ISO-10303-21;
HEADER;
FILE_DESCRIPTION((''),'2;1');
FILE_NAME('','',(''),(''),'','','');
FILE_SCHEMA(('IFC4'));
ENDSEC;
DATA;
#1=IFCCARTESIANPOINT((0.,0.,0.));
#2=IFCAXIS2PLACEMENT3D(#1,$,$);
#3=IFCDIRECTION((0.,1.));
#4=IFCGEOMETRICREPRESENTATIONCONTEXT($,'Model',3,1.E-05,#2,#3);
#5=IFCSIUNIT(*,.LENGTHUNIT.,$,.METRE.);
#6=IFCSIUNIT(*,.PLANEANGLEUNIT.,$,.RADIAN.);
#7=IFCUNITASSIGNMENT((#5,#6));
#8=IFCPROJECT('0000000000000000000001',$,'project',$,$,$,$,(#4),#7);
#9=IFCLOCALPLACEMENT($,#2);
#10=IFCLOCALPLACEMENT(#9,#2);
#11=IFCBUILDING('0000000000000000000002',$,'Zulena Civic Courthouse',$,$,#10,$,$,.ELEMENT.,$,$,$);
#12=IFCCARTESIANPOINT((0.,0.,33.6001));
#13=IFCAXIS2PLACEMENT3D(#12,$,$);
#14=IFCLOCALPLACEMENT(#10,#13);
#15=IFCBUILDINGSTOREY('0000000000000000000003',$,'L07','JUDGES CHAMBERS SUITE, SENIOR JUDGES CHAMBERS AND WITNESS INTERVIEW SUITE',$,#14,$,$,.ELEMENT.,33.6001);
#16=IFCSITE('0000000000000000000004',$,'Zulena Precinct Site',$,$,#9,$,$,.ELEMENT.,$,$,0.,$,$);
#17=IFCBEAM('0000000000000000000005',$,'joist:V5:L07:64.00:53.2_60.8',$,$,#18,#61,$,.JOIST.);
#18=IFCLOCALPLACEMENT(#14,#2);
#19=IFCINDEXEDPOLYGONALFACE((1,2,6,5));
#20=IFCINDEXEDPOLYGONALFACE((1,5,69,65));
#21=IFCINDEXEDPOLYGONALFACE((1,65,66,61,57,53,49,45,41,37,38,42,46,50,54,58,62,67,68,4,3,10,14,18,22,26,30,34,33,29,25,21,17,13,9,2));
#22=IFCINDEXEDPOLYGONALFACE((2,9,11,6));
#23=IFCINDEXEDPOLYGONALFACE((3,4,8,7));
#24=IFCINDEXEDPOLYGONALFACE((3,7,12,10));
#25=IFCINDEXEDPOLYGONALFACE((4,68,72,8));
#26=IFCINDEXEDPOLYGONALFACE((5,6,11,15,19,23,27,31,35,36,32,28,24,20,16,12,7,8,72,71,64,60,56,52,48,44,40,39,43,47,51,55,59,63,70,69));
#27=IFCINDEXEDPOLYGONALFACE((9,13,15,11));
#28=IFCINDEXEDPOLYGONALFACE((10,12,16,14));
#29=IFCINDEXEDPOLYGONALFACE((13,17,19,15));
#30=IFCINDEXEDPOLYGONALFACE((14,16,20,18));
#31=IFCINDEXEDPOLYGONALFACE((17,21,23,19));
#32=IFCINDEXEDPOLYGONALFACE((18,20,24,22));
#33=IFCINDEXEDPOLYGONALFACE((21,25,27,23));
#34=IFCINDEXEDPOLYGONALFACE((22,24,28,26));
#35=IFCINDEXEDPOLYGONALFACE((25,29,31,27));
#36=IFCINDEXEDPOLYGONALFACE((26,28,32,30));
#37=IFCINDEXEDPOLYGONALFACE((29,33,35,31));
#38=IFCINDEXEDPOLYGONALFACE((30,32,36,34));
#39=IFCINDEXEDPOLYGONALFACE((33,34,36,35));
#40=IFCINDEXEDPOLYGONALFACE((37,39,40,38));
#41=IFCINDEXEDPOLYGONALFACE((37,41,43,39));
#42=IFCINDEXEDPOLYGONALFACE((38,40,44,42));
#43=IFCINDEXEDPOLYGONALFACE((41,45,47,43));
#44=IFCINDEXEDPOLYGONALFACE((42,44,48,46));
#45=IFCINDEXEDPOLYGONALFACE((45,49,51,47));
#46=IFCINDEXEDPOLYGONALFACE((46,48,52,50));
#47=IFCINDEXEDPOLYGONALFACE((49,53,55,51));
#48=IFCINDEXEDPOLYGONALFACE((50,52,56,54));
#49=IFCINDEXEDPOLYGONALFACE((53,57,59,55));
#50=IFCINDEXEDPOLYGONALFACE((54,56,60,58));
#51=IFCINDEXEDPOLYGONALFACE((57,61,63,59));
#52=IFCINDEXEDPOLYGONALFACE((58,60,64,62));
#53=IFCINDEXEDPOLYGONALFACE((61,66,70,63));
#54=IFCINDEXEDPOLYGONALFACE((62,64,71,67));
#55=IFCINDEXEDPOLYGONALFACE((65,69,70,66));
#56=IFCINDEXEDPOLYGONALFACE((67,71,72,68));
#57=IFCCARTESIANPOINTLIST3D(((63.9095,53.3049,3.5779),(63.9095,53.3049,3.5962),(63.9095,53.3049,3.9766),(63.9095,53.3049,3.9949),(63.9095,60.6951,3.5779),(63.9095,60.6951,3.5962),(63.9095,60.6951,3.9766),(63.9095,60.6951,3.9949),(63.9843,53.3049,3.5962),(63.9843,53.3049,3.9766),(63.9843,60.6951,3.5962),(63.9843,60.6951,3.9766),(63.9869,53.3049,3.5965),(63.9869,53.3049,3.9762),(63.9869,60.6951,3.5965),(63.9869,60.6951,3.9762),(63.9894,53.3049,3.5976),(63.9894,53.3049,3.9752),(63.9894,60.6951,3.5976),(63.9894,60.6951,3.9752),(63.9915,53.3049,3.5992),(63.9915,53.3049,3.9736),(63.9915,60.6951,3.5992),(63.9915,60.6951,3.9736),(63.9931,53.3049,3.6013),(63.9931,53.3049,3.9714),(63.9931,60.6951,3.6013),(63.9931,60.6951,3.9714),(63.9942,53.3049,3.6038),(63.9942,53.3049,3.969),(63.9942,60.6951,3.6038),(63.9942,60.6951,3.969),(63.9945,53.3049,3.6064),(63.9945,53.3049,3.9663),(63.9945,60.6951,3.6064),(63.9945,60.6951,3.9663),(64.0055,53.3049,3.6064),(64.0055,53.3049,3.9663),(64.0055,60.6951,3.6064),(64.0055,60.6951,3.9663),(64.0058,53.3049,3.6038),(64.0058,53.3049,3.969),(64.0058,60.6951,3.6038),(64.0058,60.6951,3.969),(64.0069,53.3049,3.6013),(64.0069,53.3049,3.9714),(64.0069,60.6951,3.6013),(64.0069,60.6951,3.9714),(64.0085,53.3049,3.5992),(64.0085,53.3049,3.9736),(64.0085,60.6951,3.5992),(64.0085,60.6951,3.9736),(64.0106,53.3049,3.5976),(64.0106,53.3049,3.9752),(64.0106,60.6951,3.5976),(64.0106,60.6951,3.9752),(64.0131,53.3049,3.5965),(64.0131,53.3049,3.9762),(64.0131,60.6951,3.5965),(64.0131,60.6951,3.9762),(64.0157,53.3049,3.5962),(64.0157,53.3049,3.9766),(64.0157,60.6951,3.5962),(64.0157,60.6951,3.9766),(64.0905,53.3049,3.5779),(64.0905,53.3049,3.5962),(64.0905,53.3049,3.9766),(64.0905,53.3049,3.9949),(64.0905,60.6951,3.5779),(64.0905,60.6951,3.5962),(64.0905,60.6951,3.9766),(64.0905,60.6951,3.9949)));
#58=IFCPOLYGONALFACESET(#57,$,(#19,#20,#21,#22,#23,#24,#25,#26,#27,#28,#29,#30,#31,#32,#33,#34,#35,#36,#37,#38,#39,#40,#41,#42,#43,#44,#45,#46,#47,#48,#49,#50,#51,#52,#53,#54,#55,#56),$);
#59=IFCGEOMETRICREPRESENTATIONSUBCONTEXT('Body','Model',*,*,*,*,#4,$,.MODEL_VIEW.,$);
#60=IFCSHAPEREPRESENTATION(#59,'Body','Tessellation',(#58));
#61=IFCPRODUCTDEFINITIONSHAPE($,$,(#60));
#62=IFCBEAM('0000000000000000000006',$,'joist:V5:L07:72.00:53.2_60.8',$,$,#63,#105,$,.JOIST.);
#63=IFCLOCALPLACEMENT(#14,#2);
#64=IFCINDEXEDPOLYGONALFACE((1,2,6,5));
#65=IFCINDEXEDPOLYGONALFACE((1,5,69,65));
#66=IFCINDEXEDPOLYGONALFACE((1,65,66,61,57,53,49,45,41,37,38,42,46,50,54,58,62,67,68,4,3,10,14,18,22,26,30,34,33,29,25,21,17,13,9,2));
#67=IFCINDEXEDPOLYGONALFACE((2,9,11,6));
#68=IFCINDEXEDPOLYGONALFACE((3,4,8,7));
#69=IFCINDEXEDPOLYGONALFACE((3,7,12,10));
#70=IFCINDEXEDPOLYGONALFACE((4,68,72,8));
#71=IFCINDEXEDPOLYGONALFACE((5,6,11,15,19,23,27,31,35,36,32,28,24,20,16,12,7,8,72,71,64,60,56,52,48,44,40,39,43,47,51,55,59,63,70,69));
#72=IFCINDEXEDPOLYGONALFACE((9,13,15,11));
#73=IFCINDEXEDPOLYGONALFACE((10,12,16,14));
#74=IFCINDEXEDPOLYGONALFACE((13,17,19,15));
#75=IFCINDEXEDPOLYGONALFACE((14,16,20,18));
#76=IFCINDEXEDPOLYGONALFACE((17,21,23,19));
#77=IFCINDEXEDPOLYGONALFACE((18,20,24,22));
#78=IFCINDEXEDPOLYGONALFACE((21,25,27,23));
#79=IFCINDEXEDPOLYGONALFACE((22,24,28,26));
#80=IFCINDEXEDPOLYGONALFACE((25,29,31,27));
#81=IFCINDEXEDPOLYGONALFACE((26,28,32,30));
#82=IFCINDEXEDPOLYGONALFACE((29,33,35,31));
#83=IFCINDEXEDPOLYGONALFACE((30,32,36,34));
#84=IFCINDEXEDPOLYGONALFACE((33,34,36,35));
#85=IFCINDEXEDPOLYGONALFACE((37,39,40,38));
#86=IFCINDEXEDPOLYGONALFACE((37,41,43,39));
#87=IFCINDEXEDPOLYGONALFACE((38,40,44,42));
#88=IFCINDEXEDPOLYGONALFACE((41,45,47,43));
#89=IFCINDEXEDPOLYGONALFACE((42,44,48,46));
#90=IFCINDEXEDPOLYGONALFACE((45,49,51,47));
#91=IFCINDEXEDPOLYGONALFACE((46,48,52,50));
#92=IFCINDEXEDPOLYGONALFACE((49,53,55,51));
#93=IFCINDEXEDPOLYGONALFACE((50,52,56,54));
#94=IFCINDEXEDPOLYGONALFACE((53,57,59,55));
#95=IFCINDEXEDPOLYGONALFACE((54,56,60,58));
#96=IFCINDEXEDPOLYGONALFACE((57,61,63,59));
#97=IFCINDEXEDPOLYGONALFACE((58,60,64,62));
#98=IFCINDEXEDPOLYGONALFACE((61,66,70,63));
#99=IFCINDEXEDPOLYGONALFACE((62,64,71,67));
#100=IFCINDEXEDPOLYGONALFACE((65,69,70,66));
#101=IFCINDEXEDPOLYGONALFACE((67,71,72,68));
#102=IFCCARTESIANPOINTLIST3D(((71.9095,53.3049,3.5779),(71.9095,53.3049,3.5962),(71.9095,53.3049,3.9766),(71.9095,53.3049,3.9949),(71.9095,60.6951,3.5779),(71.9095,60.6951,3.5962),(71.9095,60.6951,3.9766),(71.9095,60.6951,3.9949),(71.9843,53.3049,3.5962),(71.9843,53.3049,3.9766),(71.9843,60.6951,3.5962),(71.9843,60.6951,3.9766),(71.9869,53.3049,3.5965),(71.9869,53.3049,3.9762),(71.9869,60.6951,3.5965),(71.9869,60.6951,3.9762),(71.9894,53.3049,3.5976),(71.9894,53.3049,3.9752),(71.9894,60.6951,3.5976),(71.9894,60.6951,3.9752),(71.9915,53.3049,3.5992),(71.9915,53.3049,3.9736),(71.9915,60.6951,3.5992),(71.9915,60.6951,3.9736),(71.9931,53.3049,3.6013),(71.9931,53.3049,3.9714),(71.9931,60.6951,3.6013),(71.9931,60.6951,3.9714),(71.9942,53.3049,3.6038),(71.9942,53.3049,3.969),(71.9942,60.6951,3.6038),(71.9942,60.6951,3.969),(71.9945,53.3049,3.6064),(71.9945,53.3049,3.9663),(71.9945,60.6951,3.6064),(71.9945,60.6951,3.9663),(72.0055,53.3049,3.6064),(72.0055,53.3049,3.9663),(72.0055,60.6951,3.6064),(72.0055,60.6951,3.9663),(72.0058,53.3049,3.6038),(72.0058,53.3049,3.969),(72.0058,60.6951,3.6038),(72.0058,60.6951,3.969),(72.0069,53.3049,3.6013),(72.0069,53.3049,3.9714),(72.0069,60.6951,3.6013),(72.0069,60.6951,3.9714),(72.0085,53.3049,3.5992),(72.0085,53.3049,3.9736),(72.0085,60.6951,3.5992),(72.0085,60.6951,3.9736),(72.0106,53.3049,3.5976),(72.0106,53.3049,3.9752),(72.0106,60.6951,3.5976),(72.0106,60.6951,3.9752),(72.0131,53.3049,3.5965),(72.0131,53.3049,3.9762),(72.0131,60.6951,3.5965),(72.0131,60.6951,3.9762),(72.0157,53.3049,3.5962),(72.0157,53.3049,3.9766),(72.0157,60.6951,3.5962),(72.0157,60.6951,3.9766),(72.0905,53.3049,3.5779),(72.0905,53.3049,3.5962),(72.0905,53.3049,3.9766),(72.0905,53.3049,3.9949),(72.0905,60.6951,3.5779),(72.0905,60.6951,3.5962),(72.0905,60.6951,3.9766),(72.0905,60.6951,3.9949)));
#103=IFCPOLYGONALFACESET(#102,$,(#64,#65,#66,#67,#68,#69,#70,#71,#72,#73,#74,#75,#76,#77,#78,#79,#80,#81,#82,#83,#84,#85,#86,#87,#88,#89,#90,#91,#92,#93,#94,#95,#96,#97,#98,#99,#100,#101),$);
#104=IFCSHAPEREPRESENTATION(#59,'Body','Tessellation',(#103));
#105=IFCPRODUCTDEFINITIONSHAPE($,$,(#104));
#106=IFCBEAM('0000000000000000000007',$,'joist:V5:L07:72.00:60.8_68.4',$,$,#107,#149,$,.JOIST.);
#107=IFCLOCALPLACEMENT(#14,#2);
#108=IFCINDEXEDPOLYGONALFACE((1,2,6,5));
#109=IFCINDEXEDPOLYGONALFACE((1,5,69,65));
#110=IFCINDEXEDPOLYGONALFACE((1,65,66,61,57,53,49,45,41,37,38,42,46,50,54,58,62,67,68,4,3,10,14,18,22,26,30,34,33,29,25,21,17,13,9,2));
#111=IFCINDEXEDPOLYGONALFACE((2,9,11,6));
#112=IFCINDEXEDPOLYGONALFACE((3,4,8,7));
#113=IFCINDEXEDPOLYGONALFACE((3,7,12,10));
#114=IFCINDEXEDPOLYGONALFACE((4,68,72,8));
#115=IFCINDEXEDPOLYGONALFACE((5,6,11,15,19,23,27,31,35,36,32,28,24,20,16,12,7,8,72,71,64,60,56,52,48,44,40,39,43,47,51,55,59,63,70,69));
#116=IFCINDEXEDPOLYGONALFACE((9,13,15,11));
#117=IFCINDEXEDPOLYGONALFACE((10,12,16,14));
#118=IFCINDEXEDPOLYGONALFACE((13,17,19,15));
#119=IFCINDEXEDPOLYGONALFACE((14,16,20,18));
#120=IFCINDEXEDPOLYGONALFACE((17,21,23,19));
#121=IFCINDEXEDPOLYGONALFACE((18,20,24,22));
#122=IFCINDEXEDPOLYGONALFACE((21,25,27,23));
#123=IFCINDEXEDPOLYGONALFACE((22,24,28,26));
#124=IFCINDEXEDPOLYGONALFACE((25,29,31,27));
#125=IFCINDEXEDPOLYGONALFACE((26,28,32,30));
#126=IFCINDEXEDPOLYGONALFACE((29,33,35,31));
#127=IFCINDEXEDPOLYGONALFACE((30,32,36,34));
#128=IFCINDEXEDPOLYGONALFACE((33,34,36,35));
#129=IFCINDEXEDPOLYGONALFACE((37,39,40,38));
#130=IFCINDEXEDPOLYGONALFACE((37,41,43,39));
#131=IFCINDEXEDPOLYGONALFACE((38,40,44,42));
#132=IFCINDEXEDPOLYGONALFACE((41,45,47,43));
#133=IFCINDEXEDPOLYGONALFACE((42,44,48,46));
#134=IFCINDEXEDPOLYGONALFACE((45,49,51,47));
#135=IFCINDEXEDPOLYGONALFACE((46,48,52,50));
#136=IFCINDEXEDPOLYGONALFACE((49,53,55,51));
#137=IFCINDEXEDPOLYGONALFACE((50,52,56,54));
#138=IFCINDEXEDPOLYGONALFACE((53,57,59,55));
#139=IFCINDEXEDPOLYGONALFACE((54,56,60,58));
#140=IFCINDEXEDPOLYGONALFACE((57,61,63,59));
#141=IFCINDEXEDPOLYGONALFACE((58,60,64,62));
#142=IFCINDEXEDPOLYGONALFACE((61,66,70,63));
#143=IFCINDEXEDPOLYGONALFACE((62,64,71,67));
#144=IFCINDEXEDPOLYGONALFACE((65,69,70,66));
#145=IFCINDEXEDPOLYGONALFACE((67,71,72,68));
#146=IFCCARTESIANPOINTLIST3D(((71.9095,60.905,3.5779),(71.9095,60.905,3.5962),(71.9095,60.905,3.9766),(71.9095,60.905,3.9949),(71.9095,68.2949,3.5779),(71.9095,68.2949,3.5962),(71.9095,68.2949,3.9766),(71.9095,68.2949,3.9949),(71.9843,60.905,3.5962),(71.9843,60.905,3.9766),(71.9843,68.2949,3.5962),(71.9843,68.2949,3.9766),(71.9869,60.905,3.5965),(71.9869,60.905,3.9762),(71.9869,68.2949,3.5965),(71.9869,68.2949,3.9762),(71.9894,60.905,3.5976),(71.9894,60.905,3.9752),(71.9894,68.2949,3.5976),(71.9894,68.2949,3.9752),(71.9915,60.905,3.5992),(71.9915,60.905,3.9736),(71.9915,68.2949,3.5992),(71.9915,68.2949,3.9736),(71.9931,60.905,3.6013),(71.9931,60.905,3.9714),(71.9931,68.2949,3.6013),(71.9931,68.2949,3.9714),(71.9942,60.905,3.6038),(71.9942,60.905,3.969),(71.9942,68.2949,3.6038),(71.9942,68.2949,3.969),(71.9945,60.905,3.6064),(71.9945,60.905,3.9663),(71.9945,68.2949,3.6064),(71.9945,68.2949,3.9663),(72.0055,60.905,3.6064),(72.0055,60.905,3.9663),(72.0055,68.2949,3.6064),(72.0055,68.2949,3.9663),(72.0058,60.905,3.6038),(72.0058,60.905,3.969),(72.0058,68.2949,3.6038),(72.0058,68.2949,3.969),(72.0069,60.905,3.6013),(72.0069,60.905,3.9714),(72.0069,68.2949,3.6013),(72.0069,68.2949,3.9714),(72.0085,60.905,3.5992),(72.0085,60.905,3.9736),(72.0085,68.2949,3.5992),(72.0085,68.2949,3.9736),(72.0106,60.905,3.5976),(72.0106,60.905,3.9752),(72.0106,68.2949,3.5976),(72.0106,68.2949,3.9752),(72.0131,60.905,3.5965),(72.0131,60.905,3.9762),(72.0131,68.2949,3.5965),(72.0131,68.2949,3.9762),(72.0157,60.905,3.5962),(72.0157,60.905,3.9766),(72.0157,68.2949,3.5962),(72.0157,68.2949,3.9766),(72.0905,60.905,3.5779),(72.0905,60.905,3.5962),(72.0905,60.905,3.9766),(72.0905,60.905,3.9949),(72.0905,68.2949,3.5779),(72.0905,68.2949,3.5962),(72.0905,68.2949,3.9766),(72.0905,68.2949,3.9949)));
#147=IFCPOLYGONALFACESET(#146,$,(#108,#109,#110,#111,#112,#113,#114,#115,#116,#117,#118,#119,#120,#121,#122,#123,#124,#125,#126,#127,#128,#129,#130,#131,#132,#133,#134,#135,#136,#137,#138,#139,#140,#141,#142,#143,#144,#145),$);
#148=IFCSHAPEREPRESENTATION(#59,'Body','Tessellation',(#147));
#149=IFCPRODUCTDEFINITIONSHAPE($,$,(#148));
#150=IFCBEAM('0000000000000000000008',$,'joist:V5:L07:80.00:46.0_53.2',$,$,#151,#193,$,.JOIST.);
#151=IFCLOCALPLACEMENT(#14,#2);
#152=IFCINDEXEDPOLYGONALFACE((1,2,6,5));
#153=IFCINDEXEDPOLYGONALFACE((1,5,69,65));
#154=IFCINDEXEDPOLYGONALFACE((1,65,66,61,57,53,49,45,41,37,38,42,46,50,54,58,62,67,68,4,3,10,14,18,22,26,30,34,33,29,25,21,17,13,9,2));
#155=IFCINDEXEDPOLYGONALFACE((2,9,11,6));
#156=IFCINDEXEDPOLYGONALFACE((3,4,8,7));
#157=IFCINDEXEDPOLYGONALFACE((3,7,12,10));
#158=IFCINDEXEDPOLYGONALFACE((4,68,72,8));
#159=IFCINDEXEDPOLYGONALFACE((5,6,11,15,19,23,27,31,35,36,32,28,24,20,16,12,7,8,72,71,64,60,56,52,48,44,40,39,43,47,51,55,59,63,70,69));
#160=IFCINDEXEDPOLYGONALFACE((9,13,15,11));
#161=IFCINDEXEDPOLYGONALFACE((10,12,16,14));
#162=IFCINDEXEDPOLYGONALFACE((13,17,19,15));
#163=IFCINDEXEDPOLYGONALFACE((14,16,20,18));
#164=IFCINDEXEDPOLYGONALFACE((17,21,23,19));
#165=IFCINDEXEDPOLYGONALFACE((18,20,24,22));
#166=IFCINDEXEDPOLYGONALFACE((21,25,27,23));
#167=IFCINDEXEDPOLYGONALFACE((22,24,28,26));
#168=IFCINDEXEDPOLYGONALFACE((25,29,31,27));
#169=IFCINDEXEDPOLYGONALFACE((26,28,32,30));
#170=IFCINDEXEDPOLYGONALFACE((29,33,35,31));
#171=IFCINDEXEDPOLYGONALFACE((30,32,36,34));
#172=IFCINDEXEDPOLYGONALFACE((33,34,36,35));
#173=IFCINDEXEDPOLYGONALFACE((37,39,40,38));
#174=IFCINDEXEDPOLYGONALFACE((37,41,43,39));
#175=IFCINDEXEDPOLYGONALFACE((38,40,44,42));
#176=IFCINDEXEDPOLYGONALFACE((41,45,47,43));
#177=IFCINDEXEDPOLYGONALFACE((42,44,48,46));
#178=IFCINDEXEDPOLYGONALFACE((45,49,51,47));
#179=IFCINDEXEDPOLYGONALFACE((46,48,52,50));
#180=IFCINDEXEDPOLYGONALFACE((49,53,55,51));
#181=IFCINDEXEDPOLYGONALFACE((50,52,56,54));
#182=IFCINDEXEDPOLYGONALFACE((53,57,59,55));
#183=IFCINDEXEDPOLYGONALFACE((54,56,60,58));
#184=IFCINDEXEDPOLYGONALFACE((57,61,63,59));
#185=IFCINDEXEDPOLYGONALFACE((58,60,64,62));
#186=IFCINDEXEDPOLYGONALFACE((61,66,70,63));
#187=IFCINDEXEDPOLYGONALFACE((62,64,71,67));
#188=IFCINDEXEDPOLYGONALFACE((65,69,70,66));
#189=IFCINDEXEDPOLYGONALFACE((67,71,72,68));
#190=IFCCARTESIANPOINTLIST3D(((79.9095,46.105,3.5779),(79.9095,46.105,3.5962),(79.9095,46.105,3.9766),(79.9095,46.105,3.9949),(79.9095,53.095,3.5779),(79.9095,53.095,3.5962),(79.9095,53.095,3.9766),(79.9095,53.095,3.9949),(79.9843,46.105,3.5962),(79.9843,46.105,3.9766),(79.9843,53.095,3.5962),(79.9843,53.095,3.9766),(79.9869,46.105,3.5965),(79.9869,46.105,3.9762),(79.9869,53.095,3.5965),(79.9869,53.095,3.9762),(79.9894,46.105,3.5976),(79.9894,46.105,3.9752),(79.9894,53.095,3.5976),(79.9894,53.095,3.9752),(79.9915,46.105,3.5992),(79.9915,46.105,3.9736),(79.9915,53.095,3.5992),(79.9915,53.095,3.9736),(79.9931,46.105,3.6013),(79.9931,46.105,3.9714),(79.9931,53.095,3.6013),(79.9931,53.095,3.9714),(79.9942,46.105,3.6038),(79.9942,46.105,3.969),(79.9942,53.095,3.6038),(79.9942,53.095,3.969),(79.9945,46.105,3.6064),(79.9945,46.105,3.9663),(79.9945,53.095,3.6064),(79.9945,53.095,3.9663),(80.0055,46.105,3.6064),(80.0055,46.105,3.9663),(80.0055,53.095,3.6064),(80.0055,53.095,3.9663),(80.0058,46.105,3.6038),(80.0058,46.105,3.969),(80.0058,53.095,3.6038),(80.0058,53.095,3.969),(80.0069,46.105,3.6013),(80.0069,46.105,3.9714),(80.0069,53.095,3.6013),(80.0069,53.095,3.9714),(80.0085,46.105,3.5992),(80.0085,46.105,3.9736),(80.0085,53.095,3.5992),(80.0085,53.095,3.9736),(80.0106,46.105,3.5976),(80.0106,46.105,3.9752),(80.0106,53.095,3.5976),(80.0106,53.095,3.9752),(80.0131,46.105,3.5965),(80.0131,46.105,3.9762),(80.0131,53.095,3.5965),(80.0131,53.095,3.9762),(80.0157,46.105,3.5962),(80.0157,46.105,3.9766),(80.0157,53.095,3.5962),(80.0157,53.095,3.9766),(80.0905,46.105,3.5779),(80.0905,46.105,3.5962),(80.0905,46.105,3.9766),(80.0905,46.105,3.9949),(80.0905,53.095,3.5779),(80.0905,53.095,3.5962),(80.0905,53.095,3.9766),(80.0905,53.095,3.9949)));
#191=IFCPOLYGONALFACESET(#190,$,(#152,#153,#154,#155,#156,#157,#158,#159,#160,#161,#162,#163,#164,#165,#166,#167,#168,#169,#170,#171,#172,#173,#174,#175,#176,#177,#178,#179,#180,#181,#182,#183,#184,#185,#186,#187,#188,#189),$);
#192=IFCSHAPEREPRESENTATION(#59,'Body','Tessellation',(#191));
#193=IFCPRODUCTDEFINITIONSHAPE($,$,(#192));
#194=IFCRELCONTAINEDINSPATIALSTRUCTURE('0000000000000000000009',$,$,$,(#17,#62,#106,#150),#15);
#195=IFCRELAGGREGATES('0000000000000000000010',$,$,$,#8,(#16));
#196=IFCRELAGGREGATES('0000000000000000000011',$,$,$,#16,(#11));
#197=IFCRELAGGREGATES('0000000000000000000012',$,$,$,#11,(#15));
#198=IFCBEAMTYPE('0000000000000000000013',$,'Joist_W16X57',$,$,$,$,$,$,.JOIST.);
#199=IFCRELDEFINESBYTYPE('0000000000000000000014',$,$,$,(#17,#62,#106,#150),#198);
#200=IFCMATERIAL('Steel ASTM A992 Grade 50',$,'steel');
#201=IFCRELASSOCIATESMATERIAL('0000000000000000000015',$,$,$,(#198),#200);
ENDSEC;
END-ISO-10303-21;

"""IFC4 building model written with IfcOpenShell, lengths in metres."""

from ifc_helpers import new_model, si_unit, direction, frame, origin, origin_2d, place, context, subcontext, project, spatial, i_section, extrude, material, material_profile, profile_set, type_object, element, save


model = new_model("IFC4")

# Units and contexts
model_context = context("Model", 3, precision=1e-05, world=origin(), true_north=direction((0.0, 1.0)))
body_context = subcontext(model_context, "Body", "Model", "MODEL_VIEW")
ifc_project = project(units=[si_unit("LENGTHUNIT", "METRE"), si_unit("PLANEANGLEUNIT", "RADIAN")], contexts=[model_context])

# Site, building, storey
site_placement = place(None, origin())
site = spatial("IfcSite", under=ifc_project, at=site_placement, Name="Zulena Precinct Site", CompositionType="ELEMENT", RefElevation=0.0)
building_placement = place(site_placement, origin())
building = spatial("IfcBuilding", under=site, at=building_placement, Name="Zulena Civic Courthouse", CompositionType="ELEMENT")
storey_placement = place(building_placement, frame((0.0, 0.0, 33.6001)))
storey = spatial("IfcBuildingStorey", under=building, at=storey_placement, Name="L07", Description="JUDGES CHAMBERS SUITE, SENIOR JUDGES CHAMBERS AND WITNESS INTERVIEW SUITE", CompositionType="ELEMENT", Elevation=33.6001)

# Shared definitions
ifc_material_1 = material(Name="Steel ASTM A992 Grade 50", Category="steel")

# Beams
ifc_material_profile_1 = material_profile(ifc_material_1, i_section(OverallWidth=0.1809, OverallDepth=0.417, WebThickness=0.011, FlangeThickness=0.0183, FilletRadius=0.0103, at=origin_2d()), Name="W16X57")
ifc_profile_set_1 = profile_set([ifc_material_profile_1], Name="Steel ASTM A992 Grade 50")
beam_type_1 = type_object("IfcBeamType", Name="Joist_W16X57", PredefinedType="JOIST", material=ifc_profile_set_1)
for number, where, z_axis, x_axis, name in (
    (1, (64.0, 53.3049, 3.7864), (0.0, 1.0, 0.0), (-1.0, 0.0, 0.0), "joist:V5:L07:64.00:53.2_60.8"),
    (2, (72.0, 53.3049, 3.7864), (0.0, 1.0, 0.0), (-1.0, 0.0, 0.0), "joist:V5:L07:72.00:53.2_60.8"),
):
    element("IfcBeam", number, at=place(storey_placement, frame(where, z_axis=z_axis, x_axis=x_axis)), inside=storey, type_object=beam_type_1, Name=name, PredefinedType="JOIST", context=body_context, shape_type="SweptSolid", body=[
        extrude(i_section(OverallWidth=0.1809, OverallDepth=0.417, WebThickness=0.011, FlangeThickness=0.0183, FilletRadius=0.0103, at=origin_2d()), origin(), (0.0, 0.0, 1.0), 7.3901),
    ])
beam_1_placement = place(storey_placement, frame((72.0, 60.905, 3.7864), z_axis=(0.0, 1.0, 0.0), x_axis=(-1.0, 0.0, 0.0)))
element("IfcBeam", 3, at=beam_1_placement, inside=storey, type_object=beam_type_1, Name="joist:V5:L07:72.00:60.8_68.4", PredefinedType="JOIST", context=body_context, shape_type="SweptSolid", body=[
    extrude(i_section(OverallWidth=0.1809, OverallDepth=0.417, WebThickness=0.011, FlangeThickness=0.0183, FilletRadius=0.0103, at=origin_2d()), origin(), (0.0, 0.0, 1.0), 7.3899),
])
beam_2_placement = place(storey_placement, frame((80.0, 46.105, 3.7864), z_axis=(0.0, 1.0, 0.0), x_axis=(-1.0, 0.0, 0.0)))
element("IfcBeam", 4, at=beam_2_placement, inside=storey, type_object=beam_type_1, Name="joist:V5:L07:80.00:46.0_53.2", PredefinedType="JOIST", context=body_context, shape_type="SweptSolid", body=[
    extrude(i_section(OverallWidth=0.1809, OverallDepth=0.417, WebThickness=0.011, FlangeThickness=0.0183, FilletRadius=0.0103, at=origin_2d()), origin(), (0.0, 0.0, 1.0), 6.99),
])

save(model, "model.ifc")
